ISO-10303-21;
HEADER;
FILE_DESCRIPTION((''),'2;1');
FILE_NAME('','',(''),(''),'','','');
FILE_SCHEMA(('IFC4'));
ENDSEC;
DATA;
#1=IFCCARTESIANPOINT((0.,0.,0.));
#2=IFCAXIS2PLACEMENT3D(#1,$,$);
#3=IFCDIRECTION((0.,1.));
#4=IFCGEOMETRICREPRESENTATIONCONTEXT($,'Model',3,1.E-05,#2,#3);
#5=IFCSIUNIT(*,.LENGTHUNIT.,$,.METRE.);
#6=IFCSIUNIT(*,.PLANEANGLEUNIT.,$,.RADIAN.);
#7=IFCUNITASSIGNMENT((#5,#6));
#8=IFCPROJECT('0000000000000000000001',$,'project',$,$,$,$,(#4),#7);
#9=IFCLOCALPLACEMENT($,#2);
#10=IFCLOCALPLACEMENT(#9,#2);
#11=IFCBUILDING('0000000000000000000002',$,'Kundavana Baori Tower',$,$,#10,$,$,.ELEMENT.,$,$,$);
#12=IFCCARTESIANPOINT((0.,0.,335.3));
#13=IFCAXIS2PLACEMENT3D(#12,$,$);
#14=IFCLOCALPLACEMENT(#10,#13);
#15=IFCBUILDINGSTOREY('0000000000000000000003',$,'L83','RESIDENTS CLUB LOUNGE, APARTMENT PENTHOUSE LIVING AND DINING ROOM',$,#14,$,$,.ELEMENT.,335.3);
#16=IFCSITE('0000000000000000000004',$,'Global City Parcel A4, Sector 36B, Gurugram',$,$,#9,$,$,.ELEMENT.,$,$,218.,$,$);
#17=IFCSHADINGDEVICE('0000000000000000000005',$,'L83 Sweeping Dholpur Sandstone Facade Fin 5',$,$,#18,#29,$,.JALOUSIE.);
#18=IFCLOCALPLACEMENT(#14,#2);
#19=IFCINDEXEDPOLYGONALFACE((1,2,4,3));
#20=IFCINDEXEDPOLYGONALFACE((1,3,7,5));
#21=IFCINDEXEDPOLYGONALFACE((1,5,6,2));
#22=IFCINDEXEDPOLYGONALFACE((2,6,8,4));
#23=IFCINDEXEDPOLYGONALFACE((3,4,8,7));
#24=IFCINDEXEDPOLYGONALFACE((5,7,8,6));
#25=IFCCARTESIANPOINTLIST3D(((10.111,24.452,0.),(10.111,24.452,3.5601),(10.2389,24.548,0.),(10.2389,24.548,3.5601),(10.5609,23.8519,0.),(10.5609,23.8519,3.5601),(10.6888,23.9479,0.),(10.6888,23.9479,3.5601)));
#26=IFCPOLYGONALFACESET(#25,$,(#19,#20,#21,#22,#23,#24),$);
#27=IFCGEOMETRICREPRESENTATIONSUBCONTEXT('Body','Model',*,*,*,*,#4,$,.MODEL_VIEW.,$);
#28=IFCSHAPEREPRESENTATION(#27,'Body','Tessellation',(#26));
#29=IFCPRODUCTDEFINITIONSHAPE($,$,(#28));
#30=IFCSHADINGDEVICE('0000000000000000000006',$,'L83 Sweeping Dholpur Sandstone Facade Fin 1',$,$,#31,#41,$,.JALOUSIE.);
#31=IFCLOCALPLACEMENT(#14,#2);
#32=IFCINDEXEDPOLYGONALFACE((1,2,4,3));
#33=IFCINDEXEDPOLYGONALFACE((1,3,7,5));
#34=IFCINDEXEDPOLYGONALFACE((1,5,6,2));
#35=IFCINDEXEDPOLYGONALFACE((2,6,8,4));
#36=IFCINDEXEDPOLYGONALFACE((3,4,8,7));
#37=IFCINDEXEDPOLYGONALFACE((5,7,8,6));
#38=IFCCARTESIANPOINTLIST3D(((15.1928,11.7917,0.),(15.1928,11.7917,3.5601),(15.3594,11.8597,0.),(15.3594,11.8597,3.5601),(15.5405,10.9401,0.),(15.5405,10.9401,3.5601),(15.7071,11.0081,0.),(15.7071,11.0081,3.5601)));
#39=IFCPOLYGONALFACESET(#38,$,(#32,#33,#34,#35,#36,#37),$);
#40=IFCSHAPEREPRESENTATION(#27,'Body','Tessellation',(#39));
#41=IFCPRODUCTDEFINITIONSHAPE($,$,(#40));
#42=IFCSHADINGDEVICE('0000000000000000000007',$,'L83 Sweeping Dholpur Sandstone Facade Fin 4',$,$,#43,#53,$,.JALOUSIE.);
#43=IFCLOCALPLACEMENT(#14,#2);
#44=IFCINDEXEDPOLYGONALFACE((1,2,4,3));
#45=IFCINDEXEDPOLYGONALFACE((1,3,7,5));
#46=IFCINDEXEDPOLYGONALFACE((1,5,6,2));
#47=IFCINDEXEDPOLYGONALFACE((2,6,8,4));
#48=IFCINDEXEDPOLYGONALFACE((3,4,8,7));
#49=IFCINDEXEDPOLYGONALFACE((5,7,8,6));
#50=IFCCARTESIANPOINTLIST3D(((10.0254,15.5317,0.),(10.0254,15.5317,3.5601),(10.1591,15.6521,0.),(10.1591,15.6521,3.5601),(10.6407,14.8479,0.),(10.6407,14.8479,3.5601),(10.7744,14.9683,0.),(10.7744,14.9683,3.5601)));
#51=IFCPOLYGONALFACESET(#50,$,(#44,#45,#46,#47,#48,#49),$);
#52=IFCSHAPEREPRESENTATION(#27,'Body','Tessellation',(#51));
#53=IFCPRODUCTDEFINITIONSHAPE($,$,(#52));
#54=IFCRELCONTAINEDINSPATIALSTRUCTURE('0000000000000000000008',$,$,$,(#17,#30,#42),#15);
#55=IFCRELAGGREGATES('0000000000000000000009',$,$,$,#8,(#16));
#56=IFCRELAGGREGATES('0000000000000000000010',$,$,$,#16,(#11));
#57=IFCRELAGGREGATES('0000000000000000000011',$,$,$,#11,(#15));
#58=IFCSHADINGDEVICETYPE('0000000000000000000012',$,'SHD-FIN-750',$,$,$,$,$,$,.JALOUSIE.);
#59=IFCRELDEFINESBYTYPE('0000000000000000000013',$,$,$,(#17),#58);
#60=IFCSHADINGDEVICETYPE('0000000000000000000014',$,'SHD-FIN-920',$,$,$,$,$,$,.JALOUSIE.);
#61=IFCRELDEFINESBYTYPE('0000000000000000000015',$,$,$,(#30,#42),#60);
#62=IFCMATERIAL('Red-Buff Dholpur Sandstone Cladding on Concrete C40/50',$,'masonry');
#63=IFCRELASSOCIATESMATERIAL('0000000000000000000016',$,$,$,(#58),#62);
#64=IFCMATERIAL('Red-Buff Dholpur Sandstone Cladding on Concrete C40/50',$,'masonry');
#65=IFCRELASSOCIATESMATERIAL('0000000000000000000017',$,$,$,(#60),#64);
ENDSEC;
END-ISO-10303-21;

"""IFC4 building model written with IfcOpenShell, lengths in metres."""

from ifc_helpers import new_model, si_unit, direction, frame, origin, origin_2d, place, context, subcontext, project, spatial, rectangle, extrude, material, type_object, element, save


model = new_model("IFC4")

# Units and contexts
model_context = context("Model", 3, precision=1e-05, world=origin(), true_north=direction((0.0, 1.0)))
body_context = subcontext(model_context, "Body", "Model", "MODEL_VIEW")
ifc_project = project(units=[si_unit("LENGTHUNIT", "METRE"), si_unit("PLANEANGLEUNIT", "RADIAN")], contexts=[model_context])

# Site, building, storey
site_placement = place(None, origin())
site = spatial("IfcSite", under=ifc_project, at=site_placement, Name="Global City Parcel A4, Sector 36B, Gurugram", CompositionType="ELEMENT", RefElevation=218.0)
building_placement = place(site_placement, origin())
building = spatial("IfcBuilding", under=site, at=building_placement, Name="Kundavana Baori Tower", CompositionType="ELEMENT")
storey_placement = place(building_placement, frame((0.0, 0.0, 335.3)))
storey = spatial("IfcBuildingStorey", under=building, at=storey_placement, Name="L83", Description="RESIDENTS CLUB LOUNGE, APARTMENT PENTHOUSE LIVING AND DINING ROOM", CompositionType="ELEMENT", Elevation=335.3)

# Shading devices
ifc_material_1 = material(Name="Red-Buff Dholpur Sandstone Cladding on Concrete C40/50", Category="masonry")
shading_device_type_1 = type_object("IfcShadingDeviceType", Name="SHD-FIN-750", PredefinedType="JALOUSIE", material=ifc_material_1)
shading_device_placement = place(storey_placement, frame((10.3999, 24.2, 0.0), z_axis=(0.0, 0.0, 1.0), x_axis=(0.800104, 0.599862, 0.0)))
element("IfcShadingDevice", 1, at=shading_device_placement, inside=storey, type_object=shading_device_type_1, Name="L83 Sweeping Dholpur Sandstone Facade Fin 5", PredefinedType="JALOUSIE", context=body_context, shape_type="SweptSolid", body=[
    extrude(rectangle(XDim=0.1599, YDim=0.75, at=origin_2d()), origin(), (0.0, 0.0, 1.0), 3.5601),
])
ifc_material_2 = material(Name="Red-Buff Dholpur Sandstone Cladding on Concrete C40/50", Category="masonry")
shading_device_type_2 = type_object("IfcShadingDeviceType", Name="SHD-FIN-920", PredefinedType="JALOUSIE", material=ifc_material_2)
for number, where, z_axis, x_axis, name in (
    (2, (15.45, 11.3999, 0.0), (0.0, 0.0, 1.0), (0.925805, 0.378002, 0.0), "L83 Sweeping Dholpur Sandstone Facade Fin 1"),
    (3, (10.3999, 15.25, 0.0), (0.0, 0.0, 1.0), (0.743378, 0.668871, 0.0), "L83 Sweeping Dholpur Sandstone Facade Fin 4"),
):
    element("IfcShadingDevice", number, at=place(storey_placement, frame(where, z_axis=z_axis, x_axis=x_axis)), inside=storey, type_object=shading_device_type_2, Name=name, PredefinedType="JALOUSIE", context=body_context, shape_type="SweptSolid", body=[
        extrude(rectangle(XDim=0.1799, YDim=0.9199, at=origin_2d()), origin(), (0.0, 0.0, 1.0), 3.5601),
    ])

save(model, "model.ifc")
